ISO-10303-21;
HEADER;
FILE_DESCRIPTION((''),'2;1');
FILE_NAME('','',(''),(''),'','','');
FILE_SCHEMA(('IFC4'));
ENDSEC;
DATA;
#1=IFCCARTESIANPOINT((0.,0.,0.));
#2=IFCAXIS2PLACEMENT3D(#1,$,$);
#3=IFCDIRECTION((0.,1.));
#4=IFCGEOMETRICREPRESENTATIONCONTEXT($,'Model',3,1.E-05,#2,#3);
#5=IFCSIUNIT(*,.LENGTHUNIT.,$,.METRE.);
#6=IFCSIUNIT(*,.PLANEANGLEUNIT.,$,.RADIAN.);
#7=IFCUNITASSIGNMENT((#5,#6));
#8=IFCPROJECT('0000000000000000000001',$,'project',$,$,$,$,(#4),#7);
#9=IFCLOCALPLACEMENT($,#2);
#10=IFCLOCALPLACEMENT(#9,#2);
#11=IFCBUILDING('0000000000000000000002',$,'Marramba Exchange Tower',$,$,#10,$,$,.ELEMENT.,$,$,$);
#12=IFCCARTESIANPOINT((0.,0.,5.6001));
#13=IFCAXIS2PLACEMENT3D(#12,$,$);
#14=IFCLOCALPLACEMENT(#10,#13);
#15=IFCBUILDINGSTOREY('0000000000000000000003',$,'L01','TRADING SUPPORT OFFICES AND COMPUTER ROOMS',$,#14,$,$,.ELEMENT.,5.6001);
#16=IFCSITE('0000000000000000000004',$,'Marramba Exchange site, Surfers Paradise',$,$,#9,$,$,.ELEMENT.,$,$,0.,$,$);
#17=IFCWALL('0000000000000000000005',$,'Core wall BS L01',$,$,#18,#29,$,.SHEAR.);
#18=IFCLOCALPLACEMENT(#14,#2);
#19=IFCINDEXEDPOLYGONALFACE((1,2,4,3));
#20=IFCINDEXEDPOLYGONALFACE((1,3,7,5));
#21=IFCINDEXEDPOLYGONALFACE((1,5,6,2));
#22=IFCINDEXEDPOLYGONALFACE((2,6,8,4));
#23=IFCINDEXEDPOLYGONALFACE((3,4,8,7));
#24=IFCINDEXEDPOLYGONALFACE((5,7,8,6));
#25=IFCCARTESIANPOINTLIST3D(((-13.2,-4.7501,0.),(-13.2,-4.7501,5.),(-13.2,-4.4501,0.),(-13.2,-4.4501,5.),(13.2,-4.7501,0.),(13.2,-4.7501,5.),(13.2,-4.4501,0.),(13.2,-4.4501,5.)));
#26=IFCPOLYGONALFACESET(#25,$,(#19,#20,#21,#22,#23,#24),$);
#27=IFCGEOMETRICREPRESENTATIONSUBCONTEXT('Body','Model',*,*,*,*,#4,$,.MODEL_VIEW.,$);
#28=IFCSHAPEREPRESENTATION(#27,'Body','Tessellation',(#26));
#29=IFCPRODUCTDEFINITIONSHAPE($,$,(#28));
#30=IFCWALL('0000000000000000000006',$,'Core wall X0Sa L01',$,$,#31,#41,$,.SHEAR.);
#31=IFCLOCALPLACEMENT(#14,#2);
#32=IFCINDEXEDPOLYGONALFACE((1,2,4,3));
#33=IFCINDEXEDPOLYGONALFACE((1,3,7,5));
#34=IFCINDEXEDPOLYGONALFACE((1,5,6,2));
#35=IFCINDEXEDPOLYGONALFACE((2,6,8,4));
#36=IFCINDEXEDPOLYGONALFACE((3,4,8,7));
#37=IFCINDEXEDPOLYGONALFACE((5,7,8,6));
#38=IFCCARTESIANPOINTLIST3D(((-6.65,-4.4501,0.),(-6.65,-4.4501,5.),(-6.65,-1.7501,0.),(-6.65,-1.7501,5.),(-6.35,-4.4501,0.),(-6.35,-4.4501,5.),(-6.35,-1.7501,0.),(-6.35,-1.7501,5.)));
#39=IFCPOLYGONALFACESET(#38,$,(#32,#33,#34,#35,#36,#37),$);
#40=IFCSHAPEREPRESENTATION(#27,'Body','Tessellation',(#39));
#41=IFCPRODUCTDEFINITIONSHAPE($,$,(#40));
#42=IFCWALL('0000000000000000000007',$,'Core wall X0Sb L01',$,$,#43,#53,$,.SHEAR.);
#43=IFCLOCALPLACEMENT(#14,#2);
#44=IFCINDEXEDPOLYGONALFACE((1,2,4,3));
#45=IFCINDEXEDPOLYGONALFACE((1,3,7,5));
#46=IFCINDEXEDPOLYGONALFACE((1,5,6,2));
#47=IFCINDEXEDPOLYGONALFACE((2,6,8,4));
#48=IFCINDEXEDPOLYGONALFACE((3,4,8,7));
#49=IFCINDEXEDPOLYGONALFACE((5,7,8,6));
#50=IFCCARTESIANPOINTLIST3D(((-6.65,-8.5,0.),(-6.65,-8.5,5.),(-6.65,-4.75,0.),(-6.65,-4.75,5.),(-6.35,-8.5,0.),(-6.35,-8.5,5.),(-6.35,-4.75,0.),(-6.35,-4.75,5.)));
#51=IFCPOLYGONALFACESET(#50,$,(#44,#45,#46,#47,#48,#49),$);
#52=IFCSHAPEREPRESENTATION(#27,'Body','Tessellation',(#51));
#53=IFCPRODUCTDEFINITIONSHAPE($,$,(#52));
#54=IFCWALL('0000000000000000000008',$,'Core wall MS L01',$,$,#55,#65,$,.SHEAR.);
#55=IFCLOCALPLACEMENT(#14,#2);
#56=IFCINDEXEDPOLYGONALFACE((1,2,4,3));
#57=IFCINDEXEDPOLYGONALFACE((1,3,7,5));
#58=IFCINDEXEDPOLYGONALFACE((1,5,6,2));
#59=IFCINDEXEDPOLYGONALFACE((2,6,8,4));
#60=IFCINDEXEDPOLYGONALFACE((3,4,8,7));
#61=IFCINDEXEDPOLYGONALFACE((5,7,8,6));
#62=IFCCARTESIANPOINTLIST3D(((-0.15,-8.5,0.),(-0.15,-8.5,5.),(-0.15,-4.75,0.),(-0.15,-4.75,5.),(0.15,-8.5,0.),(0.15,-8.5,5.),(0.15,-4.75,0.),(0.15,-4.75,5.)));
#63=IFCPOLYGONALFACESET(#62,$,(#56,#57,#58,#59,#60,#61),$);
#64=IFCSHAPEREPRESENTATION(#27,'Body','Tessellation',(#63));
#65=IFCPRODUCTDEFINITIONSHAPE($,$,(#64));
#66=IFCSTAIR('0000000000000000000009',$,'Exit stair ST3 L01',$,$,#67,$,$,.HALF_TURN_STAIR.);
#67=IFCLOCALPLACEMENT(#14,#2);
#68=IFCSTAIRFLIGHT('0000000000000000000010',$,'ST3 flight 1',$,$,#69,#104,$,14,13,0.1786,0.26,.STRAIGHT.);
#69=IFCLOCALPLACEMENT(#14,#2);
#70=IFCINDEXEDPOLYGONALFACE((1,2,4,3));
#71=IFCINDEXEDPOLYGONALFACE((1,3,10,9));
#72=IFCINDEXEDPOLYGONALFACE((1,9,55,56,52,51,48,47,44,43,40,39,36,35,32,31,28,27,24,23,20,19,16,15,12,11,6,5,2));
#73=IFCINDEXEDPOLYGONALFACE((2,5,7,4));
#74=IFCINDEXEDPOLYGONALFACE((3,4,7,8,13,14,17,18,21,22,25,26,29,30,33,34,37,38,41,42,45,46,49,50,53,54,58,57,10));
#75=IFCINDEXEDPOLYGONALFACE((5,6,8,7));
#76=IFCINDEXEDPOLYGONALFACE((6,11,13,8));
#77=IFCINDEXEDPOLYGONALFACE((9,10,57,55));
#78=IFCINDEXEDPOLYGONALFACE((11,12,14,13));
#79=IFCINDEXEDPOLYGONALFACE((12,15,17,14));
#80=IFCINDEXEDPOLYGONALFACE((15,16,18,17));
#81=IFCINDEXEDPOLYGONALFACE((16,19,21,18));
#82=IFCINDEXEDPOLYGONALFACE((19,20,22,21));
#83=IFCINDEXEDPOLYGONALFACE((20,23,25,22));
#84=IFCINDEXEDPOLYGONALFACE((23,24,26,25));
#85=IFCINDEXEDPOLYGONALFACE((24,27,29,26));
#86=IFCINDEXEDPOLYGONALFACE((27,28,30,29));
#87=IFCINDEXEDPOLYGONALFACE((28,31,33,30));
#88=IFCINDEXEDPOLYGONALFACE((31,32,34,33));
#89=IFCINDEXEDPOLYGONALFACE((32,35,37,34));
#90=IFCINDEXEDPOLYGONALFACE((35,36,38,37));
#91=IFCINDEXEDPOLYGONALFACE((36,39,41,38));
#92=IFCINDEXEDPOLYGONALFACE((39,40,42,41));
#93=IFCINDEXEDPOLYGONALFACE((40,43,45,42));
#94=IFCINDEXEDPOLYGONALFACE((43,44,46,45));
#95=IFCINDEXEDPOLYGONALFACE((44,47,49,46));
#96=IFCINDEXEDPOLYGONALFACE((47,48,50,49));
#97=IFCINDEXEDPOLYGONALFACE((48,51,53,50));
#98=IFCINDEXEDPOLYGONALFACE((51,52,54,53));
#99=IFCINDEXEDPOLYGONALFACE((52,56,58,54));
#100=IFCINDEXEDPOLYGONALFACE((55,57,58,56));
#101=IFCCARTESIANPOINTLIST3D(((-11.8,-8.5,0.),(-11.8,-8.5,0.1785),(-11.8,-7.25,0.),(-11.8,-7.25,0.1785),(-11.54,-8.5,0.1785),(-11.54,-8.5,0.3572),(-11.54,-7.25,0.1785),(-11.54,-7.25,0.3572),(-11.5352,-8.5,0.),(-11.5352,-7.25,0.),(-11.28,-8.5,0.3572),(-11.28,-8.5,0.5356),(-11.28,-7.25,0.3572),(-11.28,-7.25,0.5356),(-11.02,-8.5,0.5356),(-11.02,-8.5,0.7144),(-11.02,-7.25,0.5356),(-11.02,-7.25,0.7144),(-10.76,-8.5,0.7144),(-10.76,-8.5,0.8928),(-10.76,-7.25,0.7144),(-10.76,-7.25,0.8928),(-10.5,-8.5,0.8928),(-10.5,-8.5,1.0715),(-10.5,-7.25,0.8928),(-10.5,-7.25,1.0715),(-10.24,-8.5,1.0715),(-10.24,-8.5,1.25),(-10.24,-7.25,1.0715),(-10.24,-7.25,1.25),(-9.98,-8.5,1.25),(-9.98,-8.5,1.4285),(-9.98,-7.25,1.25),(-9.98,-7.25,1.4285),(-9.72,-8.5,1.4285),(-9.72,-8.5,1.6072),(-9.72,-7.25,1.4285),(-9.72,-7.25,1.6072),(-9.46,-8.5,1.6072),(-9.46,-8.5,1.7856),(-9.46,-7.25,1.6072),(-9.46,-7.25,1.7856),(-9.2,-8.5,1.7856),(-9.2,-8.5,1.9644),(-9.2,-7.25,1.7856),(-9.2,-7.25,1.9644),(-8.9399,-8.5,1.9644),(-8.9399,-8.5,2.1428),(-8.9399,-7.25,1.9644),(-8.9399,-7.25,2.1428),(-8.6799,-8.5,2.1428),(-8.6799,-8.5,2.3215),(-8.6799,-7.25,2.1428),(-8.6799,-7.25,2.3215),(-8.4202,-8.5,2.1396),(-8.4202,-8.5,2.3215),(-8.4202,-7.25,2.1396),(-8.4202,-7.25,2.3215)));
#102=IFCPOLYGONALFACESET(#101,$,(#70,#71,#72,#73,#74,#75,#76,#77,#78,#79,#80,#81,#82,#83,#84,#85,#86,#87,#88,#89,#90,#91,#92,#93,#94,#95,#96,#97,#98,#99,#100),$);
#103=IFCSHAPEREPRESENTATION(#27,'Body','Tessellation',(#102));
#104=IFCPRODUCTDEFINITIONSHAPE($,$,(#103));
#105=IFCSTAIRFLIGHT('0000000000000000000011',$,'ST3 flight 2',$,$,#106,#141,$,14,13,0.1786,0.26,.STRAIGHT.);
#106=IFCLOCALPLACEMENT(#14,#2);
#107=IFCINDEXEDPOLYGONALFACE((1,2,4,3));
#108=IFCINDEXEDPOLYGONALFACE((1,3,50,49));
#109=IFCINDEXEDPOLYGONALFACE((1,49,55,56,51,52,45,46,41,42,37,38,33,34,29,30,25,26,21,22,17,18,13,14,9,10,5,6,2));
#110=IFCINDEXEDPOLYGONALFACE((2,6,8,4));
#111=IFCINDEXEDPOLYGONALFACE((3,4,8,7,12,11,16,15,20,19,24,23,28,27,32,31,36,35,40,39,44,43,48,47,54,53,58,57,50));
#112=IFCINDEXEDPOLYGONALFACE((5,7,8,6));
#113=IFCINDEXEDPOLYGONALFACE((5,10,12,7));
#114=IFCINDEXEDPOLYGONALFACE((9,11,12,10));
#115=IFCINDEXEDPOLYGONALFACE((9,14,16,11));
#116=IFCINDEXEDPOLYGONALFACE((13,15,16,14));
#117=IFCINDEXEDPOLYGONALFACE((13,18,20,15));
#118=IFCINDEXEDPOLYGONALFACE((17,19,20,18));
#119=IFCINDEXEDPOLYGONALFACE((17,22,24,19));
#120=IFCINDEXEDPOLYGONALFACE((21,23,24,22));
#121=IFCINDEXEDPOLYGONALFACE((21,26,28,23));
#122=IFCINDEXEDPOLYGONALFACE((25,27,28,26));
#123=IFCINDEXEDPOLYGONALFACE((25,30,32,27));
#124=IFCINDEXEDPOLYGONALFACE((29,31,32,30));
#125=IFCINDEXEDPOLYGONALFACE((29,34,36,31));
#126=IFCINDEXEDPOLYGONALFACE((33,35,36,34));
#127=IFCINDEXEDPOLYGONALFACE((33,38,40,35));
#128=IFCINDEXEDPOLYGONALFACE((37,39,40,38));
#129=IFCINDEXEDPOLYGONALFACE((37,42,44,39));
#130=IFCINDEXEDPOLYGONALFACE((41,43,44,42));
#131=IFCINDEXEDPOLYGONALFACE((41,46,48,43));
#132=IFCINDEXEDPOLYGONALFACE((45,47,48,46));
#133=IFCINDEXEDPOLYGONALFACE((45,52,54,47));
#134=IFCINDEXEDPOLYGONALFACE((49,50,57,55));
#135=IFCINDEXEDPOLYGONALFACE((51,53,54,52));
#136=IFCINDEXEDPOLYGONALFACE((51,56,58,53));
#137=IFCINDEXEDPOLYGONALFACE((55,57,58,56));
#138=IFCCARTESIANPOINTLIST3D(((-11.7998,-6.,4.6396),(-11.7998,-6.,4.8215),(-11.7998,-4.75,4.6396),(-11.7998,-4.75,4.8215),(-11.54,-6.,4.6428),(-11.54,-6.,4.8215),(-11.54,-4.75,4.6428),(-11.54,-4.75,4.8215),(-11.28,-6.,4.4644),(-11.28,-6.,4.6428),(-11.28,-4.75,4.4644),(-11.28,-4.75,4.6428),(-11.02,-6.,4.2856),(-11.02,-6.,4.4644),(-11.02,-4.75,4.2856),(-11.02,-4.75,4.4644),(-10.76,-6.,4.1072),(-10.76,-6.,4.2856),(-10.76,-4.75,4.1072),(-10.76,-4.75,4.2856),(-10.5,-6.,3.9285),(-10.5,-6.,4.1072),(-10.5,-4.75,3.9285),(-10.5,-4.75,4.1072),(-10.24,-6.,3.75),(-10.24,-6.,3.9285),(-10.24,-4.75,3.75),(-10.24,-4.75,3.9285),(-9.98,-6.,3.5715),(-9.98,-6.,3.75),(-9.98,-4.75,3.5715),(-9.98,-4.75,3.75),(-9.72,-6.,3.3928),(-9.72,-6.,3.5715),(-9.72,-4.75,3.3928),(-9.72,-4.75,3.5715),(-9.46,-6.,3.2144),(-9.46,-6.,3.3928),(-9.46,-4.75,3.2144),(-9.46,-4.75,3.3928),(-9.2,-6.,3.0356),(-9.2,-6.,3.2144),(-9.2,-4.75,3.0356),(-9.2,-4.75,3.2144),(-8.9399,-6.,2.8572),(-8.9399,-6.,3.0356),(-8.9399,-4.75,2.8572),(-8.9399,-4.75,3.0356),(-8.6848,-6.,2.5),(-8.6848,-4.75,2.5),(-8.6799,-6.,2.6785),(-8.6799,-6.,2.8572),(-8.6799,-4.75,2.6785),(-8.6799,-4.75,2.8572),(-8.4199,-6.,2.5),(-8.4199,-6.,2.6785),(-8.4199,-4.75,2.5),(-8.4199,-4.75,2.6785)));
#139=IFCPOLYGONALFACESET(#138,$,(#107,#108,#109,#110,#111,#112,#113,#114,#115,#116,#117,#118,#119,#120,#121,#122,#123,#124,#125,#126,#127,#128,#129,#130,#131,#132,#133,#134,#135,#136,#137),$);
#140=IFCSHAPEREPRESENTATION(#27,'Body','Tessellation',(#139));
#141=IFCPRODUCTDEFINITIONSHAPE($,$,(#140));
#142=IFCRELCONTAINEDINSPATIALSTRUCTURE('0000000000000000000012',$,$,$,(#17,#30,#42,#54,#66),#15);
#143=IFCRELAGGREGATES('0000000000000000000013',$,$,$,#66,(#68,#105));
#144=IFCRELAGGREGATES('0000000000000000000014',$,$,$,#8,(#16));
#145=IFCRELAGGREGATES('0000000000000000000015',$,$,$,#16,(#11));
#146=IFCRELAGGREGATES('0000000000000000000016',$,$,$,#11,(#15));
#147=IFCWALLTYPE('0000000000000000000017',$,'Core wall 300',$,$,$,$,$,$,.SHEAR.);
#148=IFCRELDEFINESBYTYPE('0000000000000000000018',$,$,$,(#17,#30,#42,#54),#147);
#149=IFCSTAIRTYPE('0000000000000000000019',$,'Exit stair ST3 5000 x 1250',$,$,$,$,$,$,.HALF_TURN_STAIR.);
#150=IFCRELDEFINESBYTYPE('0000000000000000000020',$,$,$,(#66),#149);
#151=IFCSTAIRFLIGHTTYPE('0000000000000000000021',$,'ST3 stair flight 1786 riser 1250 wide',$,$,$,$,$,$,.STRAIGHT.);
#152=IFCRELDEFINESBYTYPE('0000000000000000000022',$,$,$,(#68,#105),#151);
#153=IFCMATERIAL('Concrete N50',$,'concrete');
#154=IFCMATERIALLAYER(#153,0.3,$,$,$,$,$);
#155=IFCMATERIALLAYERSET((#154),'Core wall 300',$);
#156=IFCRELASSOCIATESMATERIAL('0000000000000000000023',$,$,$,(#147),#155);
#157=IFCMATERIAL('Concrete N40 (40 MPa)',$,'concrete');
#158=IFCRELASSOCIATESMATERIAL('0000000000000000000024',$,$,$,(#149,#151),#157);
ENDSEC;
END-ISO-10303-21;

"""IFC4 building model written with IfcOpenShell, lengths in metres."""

from ifc_helpers import new_model, si_unit, direction, frame, frame_2d, origin, place, context, subcontext, project, spatial, polyline, rectangle, outline, extrude, material, layer, layer_set, type_object, element, aggregate, save


model = new_model("IFC4")

# Units and contexts
model_context = context("Model", 3, precision=1e-05, world=origin(), true_north=direction((0.0, 1.0)))
body_context = subcontext(model_context, "Body", "Model", "MODEL_VIEW")
ifc_project = project(units=[si_unit("LENGTHUNIT", "METRE"), si_unit("PLANEANGLEUNIT", "RADIAN")], contexts=[model_context])

# Site, building, storey
site_placement = place(None, origin())
site = spatial("IfcSite", under=ifc_project, at=site_placement, Name="Marramba Exchange site, Surfers Paradise", CompositionType="ELEMENT", RefElevation=0.0)
building_placement = place(site_placement, origin())
building = spatial("IfcBuilding", under=site, at=building_placement, Name="Marramba Exchange Tower", CompositionType="ELEMENT")
storey_placement = place(building_placement, frame((0.0, 0.0, 5.6001)))
storey = spatial("IfcBuildingStorey", under=building, at=storey_placement, Name="L01", Description="TRADING SUPPORT OFFICES AND COMPUTER ROOMS", CompositionType="ELEMENT", Elevation=5.6001)

# Shared definitions
ifc_material_1 = material(Name="Concrete N50", Category="concrete")

# Shared definitions
ifc_layer_1 = layer(ifc_material_1, 0.3)
ifc_layer_set_1 = layer_set([ifc_layer_1], Name="Core wall 300")
wall_type_1 = type_object("IfcWallType", Name="Core wall 300", PredefinedType="SHEAR", material=ifc_layer_set_1)

# Walls
wall_1_placement = place(storey_placement, frame((-13.2, -4.6001, 0.0), z_axis=(0.0, 0.0, 1.0), x_axis=(1.0, 0.0, 0.0)))
element("IfcWall", 1, at=wall_1_placement, inside=storey, type_object=wall_type_1, Name="Core wall BS L01", PredefinedType="SHEAR", context=body_context, shape_type="SweptSolid", body=[
    extrude(rectangle(XDim=26.3999, YDim=0.3, at=frame_2d((13.2, 0.0))), origin(), (0.0, 0.0, 1.0), 5.0),
])
wall_2_placement = place(storey_placement, frame((-6.5, -1.75, 0.0), z_axis=(0.0, 0.0, 1.0), x_axis=(0.0, -1.0, 0.0)))
element("IfcWall", 2, at=wall_2_placement, inside=storey, type_object=wall_type_1, Name="Core wall X0Sa L01", PredefinedType="SHEAR", context=body_context, shape_type="SweptSolid", body=[
    extrude(rectangle(XDim=2.7, YDim=0.3, at=frame_2d((1.3501, 0.0))), origin(), (0.0, 0.0, 1.0), 5.0),
])
for number, where, z_axis, x_axis, name in (
    (3, (-6.5, -4.75, 0.0), (0.0, 0.0, 1.0), (0.0, -1.0, 0.0), "Core wall X0Sb L01"),
    (4, (0.0, -4.75, 0.0), (0.0, 0.0, 1.0), (0.0, -1.0, 0.0), "Core wall MS L01"),
):
    element("IfcWall", number, at=place(storey_placement, frame(where, z_axis=z_axis, x_axis=x_axis)), inside=storey, type_object=wall_type_1, Name=name, PredefinedType="SHEAR", context=body_context, shape_type="SweptSolid", body=[
        extrude(rectangle(XDim=3.75, YDim=0.3, at=frame_2d((1.875, 0.0))), origin(), (0.0, 0.0, 1.0), 5.0),
    ])

# Stair, stair flights
ifc_material_2 = material(Name="Concrete N40 (40 MPa)", Category="concrete")
stair_type = type_object("IfcStairType", Name="Exit stair ST3 5000 x 1250", PredefinedType="HALF_TURN_STAIR", material=ifc_material_2)
stair_placement = place(storey_placement, origin())
stair = element("IfcStair", 5, at=stair_placement, inside=storey, type_object=stair_type, Name="Exit stair ST3 L01", PredefinedType="HALF_TURN_STAIR")
stair_flight_type = type_object("IfcStairFlightType", Name="ST3 stair flight 1786 riser 1250 wide", PredefinedType="STRAIGHT", material=ifc_material_2)
stair_flight_1_placement = place(storey_placement, frame((-11.8, -7.875, 0.0), z_axis=(0.0, 0.0, 1.0), x_axis=(1.0, 0.0, 0.0)))
stair_flight_1 = element("IfcStairFlight", 6, at=stair_flight_1_placement, type_object=stair_flight_type, Name="ST3 flight 1", NumberOfRisers=14, NumberOfTreads=13, PredefinedType="STRAIGHT", RiserHeight=0.1786, TreadLength=0.26, context=body_context, shape_type="SweptSolid", body=[
    extrude(outline(polyline([(0.0, 0.0), (0.0, 0.1785), (0.26, 0.1785), (0.26, 0.3572), (0.52, 0.3572), (0.52, 0.5356), (0.78, 0.5356), (0.78, 0.7144), (1.04, 0.7144), (1.04, 0.8928), (1.3, 0.8928), (1.3, 1.0715), (1.5601, 1.0715), (1.5601, 1.25), (1.8201, 1.25), (1.8201, 1.4285), (2.0801, 1.4285), (2.0801, 1.6072), (2.3401, 1.6072), (2.3401, 1.7856), (2.6001, 1.7856), (2.6001, 1.9644), (2.8601, 1.9644), (2.8601, 2.1428), (3.1201, 2.1428), (3.1201, 2.3215), (3.3799, 2.3215), (3.3799, 2.5), (3.3799, 2.1396), (0.2649, 0.0), (0.0, 0.0)])), frame((0.0, 0.625, 0.0), z_axis=(0.0, -1.0, 0.0), x_axis=(1.0, 0.0, 0.0)), (0.0, 0.0, 1.0), 1.25),
])
stair_flight_2_placement = place(storey_placement, frame((-8.4199, -5.375, 2.5), z_axis=(0.0, 0.0, 1.0), x_axis=(-1.0, 0.0, 0.0)))
stair_flight_2 = element("IfcStairFlight", 7, at=stair_flight_2_placement, type_object=stair_flight_type, Name="ST3 flight 2", NumberOfRisers=14, NumberOfTreads=13, PredefinedType="STRAIGHT", RiserHeight=0.1786, TreadLength=0.26, context=body_context, shape_type="SweptSolid", body=[
    extrude(outline(polyline([(0.0, 0.0), (0.0, 0.1785), (0.26, 0.1785), (0.26, 0.3572), (0.52, 0.3572), (0.52, 0.5356), (0.78, 0.5356), (0.78, 0.7144), (1.04, 0.7144), (1.04, 0.8928), (1.3, 0.8928), (1.3, 1.0715), (1.5601, 1.0715), (1.5601, 1.25), (1.8201, 1.25), (1.8201, 1.4285), (2.0801, 1.4285), (2.0801, 1.6072), (2.3401, 1.6072), (2.3401, 1.7856), (2.6001, 1.7856), (2.6001, 1.9644), (2.8601, 1.9644), (2.8601, 2.1428), (3.1201, 2.1428), (3.1201, 2.3215), (3.3799, 2.3215), (3.3799, 2.5), (3.3799, 2.1396), (0.2649, 0.0), (0.0, 0.0)])), frame((0.0, 0.625, 0.0), z_axis=(0.0, -1.0, 0.0), x_axis=(1.0, 0.0, 0.0)), (0.0, 0.0, 1.0), 1.25),
])
aggregate(stair, [stair_flight_1, stair_flight_2])

save(model, "model.ifc")
